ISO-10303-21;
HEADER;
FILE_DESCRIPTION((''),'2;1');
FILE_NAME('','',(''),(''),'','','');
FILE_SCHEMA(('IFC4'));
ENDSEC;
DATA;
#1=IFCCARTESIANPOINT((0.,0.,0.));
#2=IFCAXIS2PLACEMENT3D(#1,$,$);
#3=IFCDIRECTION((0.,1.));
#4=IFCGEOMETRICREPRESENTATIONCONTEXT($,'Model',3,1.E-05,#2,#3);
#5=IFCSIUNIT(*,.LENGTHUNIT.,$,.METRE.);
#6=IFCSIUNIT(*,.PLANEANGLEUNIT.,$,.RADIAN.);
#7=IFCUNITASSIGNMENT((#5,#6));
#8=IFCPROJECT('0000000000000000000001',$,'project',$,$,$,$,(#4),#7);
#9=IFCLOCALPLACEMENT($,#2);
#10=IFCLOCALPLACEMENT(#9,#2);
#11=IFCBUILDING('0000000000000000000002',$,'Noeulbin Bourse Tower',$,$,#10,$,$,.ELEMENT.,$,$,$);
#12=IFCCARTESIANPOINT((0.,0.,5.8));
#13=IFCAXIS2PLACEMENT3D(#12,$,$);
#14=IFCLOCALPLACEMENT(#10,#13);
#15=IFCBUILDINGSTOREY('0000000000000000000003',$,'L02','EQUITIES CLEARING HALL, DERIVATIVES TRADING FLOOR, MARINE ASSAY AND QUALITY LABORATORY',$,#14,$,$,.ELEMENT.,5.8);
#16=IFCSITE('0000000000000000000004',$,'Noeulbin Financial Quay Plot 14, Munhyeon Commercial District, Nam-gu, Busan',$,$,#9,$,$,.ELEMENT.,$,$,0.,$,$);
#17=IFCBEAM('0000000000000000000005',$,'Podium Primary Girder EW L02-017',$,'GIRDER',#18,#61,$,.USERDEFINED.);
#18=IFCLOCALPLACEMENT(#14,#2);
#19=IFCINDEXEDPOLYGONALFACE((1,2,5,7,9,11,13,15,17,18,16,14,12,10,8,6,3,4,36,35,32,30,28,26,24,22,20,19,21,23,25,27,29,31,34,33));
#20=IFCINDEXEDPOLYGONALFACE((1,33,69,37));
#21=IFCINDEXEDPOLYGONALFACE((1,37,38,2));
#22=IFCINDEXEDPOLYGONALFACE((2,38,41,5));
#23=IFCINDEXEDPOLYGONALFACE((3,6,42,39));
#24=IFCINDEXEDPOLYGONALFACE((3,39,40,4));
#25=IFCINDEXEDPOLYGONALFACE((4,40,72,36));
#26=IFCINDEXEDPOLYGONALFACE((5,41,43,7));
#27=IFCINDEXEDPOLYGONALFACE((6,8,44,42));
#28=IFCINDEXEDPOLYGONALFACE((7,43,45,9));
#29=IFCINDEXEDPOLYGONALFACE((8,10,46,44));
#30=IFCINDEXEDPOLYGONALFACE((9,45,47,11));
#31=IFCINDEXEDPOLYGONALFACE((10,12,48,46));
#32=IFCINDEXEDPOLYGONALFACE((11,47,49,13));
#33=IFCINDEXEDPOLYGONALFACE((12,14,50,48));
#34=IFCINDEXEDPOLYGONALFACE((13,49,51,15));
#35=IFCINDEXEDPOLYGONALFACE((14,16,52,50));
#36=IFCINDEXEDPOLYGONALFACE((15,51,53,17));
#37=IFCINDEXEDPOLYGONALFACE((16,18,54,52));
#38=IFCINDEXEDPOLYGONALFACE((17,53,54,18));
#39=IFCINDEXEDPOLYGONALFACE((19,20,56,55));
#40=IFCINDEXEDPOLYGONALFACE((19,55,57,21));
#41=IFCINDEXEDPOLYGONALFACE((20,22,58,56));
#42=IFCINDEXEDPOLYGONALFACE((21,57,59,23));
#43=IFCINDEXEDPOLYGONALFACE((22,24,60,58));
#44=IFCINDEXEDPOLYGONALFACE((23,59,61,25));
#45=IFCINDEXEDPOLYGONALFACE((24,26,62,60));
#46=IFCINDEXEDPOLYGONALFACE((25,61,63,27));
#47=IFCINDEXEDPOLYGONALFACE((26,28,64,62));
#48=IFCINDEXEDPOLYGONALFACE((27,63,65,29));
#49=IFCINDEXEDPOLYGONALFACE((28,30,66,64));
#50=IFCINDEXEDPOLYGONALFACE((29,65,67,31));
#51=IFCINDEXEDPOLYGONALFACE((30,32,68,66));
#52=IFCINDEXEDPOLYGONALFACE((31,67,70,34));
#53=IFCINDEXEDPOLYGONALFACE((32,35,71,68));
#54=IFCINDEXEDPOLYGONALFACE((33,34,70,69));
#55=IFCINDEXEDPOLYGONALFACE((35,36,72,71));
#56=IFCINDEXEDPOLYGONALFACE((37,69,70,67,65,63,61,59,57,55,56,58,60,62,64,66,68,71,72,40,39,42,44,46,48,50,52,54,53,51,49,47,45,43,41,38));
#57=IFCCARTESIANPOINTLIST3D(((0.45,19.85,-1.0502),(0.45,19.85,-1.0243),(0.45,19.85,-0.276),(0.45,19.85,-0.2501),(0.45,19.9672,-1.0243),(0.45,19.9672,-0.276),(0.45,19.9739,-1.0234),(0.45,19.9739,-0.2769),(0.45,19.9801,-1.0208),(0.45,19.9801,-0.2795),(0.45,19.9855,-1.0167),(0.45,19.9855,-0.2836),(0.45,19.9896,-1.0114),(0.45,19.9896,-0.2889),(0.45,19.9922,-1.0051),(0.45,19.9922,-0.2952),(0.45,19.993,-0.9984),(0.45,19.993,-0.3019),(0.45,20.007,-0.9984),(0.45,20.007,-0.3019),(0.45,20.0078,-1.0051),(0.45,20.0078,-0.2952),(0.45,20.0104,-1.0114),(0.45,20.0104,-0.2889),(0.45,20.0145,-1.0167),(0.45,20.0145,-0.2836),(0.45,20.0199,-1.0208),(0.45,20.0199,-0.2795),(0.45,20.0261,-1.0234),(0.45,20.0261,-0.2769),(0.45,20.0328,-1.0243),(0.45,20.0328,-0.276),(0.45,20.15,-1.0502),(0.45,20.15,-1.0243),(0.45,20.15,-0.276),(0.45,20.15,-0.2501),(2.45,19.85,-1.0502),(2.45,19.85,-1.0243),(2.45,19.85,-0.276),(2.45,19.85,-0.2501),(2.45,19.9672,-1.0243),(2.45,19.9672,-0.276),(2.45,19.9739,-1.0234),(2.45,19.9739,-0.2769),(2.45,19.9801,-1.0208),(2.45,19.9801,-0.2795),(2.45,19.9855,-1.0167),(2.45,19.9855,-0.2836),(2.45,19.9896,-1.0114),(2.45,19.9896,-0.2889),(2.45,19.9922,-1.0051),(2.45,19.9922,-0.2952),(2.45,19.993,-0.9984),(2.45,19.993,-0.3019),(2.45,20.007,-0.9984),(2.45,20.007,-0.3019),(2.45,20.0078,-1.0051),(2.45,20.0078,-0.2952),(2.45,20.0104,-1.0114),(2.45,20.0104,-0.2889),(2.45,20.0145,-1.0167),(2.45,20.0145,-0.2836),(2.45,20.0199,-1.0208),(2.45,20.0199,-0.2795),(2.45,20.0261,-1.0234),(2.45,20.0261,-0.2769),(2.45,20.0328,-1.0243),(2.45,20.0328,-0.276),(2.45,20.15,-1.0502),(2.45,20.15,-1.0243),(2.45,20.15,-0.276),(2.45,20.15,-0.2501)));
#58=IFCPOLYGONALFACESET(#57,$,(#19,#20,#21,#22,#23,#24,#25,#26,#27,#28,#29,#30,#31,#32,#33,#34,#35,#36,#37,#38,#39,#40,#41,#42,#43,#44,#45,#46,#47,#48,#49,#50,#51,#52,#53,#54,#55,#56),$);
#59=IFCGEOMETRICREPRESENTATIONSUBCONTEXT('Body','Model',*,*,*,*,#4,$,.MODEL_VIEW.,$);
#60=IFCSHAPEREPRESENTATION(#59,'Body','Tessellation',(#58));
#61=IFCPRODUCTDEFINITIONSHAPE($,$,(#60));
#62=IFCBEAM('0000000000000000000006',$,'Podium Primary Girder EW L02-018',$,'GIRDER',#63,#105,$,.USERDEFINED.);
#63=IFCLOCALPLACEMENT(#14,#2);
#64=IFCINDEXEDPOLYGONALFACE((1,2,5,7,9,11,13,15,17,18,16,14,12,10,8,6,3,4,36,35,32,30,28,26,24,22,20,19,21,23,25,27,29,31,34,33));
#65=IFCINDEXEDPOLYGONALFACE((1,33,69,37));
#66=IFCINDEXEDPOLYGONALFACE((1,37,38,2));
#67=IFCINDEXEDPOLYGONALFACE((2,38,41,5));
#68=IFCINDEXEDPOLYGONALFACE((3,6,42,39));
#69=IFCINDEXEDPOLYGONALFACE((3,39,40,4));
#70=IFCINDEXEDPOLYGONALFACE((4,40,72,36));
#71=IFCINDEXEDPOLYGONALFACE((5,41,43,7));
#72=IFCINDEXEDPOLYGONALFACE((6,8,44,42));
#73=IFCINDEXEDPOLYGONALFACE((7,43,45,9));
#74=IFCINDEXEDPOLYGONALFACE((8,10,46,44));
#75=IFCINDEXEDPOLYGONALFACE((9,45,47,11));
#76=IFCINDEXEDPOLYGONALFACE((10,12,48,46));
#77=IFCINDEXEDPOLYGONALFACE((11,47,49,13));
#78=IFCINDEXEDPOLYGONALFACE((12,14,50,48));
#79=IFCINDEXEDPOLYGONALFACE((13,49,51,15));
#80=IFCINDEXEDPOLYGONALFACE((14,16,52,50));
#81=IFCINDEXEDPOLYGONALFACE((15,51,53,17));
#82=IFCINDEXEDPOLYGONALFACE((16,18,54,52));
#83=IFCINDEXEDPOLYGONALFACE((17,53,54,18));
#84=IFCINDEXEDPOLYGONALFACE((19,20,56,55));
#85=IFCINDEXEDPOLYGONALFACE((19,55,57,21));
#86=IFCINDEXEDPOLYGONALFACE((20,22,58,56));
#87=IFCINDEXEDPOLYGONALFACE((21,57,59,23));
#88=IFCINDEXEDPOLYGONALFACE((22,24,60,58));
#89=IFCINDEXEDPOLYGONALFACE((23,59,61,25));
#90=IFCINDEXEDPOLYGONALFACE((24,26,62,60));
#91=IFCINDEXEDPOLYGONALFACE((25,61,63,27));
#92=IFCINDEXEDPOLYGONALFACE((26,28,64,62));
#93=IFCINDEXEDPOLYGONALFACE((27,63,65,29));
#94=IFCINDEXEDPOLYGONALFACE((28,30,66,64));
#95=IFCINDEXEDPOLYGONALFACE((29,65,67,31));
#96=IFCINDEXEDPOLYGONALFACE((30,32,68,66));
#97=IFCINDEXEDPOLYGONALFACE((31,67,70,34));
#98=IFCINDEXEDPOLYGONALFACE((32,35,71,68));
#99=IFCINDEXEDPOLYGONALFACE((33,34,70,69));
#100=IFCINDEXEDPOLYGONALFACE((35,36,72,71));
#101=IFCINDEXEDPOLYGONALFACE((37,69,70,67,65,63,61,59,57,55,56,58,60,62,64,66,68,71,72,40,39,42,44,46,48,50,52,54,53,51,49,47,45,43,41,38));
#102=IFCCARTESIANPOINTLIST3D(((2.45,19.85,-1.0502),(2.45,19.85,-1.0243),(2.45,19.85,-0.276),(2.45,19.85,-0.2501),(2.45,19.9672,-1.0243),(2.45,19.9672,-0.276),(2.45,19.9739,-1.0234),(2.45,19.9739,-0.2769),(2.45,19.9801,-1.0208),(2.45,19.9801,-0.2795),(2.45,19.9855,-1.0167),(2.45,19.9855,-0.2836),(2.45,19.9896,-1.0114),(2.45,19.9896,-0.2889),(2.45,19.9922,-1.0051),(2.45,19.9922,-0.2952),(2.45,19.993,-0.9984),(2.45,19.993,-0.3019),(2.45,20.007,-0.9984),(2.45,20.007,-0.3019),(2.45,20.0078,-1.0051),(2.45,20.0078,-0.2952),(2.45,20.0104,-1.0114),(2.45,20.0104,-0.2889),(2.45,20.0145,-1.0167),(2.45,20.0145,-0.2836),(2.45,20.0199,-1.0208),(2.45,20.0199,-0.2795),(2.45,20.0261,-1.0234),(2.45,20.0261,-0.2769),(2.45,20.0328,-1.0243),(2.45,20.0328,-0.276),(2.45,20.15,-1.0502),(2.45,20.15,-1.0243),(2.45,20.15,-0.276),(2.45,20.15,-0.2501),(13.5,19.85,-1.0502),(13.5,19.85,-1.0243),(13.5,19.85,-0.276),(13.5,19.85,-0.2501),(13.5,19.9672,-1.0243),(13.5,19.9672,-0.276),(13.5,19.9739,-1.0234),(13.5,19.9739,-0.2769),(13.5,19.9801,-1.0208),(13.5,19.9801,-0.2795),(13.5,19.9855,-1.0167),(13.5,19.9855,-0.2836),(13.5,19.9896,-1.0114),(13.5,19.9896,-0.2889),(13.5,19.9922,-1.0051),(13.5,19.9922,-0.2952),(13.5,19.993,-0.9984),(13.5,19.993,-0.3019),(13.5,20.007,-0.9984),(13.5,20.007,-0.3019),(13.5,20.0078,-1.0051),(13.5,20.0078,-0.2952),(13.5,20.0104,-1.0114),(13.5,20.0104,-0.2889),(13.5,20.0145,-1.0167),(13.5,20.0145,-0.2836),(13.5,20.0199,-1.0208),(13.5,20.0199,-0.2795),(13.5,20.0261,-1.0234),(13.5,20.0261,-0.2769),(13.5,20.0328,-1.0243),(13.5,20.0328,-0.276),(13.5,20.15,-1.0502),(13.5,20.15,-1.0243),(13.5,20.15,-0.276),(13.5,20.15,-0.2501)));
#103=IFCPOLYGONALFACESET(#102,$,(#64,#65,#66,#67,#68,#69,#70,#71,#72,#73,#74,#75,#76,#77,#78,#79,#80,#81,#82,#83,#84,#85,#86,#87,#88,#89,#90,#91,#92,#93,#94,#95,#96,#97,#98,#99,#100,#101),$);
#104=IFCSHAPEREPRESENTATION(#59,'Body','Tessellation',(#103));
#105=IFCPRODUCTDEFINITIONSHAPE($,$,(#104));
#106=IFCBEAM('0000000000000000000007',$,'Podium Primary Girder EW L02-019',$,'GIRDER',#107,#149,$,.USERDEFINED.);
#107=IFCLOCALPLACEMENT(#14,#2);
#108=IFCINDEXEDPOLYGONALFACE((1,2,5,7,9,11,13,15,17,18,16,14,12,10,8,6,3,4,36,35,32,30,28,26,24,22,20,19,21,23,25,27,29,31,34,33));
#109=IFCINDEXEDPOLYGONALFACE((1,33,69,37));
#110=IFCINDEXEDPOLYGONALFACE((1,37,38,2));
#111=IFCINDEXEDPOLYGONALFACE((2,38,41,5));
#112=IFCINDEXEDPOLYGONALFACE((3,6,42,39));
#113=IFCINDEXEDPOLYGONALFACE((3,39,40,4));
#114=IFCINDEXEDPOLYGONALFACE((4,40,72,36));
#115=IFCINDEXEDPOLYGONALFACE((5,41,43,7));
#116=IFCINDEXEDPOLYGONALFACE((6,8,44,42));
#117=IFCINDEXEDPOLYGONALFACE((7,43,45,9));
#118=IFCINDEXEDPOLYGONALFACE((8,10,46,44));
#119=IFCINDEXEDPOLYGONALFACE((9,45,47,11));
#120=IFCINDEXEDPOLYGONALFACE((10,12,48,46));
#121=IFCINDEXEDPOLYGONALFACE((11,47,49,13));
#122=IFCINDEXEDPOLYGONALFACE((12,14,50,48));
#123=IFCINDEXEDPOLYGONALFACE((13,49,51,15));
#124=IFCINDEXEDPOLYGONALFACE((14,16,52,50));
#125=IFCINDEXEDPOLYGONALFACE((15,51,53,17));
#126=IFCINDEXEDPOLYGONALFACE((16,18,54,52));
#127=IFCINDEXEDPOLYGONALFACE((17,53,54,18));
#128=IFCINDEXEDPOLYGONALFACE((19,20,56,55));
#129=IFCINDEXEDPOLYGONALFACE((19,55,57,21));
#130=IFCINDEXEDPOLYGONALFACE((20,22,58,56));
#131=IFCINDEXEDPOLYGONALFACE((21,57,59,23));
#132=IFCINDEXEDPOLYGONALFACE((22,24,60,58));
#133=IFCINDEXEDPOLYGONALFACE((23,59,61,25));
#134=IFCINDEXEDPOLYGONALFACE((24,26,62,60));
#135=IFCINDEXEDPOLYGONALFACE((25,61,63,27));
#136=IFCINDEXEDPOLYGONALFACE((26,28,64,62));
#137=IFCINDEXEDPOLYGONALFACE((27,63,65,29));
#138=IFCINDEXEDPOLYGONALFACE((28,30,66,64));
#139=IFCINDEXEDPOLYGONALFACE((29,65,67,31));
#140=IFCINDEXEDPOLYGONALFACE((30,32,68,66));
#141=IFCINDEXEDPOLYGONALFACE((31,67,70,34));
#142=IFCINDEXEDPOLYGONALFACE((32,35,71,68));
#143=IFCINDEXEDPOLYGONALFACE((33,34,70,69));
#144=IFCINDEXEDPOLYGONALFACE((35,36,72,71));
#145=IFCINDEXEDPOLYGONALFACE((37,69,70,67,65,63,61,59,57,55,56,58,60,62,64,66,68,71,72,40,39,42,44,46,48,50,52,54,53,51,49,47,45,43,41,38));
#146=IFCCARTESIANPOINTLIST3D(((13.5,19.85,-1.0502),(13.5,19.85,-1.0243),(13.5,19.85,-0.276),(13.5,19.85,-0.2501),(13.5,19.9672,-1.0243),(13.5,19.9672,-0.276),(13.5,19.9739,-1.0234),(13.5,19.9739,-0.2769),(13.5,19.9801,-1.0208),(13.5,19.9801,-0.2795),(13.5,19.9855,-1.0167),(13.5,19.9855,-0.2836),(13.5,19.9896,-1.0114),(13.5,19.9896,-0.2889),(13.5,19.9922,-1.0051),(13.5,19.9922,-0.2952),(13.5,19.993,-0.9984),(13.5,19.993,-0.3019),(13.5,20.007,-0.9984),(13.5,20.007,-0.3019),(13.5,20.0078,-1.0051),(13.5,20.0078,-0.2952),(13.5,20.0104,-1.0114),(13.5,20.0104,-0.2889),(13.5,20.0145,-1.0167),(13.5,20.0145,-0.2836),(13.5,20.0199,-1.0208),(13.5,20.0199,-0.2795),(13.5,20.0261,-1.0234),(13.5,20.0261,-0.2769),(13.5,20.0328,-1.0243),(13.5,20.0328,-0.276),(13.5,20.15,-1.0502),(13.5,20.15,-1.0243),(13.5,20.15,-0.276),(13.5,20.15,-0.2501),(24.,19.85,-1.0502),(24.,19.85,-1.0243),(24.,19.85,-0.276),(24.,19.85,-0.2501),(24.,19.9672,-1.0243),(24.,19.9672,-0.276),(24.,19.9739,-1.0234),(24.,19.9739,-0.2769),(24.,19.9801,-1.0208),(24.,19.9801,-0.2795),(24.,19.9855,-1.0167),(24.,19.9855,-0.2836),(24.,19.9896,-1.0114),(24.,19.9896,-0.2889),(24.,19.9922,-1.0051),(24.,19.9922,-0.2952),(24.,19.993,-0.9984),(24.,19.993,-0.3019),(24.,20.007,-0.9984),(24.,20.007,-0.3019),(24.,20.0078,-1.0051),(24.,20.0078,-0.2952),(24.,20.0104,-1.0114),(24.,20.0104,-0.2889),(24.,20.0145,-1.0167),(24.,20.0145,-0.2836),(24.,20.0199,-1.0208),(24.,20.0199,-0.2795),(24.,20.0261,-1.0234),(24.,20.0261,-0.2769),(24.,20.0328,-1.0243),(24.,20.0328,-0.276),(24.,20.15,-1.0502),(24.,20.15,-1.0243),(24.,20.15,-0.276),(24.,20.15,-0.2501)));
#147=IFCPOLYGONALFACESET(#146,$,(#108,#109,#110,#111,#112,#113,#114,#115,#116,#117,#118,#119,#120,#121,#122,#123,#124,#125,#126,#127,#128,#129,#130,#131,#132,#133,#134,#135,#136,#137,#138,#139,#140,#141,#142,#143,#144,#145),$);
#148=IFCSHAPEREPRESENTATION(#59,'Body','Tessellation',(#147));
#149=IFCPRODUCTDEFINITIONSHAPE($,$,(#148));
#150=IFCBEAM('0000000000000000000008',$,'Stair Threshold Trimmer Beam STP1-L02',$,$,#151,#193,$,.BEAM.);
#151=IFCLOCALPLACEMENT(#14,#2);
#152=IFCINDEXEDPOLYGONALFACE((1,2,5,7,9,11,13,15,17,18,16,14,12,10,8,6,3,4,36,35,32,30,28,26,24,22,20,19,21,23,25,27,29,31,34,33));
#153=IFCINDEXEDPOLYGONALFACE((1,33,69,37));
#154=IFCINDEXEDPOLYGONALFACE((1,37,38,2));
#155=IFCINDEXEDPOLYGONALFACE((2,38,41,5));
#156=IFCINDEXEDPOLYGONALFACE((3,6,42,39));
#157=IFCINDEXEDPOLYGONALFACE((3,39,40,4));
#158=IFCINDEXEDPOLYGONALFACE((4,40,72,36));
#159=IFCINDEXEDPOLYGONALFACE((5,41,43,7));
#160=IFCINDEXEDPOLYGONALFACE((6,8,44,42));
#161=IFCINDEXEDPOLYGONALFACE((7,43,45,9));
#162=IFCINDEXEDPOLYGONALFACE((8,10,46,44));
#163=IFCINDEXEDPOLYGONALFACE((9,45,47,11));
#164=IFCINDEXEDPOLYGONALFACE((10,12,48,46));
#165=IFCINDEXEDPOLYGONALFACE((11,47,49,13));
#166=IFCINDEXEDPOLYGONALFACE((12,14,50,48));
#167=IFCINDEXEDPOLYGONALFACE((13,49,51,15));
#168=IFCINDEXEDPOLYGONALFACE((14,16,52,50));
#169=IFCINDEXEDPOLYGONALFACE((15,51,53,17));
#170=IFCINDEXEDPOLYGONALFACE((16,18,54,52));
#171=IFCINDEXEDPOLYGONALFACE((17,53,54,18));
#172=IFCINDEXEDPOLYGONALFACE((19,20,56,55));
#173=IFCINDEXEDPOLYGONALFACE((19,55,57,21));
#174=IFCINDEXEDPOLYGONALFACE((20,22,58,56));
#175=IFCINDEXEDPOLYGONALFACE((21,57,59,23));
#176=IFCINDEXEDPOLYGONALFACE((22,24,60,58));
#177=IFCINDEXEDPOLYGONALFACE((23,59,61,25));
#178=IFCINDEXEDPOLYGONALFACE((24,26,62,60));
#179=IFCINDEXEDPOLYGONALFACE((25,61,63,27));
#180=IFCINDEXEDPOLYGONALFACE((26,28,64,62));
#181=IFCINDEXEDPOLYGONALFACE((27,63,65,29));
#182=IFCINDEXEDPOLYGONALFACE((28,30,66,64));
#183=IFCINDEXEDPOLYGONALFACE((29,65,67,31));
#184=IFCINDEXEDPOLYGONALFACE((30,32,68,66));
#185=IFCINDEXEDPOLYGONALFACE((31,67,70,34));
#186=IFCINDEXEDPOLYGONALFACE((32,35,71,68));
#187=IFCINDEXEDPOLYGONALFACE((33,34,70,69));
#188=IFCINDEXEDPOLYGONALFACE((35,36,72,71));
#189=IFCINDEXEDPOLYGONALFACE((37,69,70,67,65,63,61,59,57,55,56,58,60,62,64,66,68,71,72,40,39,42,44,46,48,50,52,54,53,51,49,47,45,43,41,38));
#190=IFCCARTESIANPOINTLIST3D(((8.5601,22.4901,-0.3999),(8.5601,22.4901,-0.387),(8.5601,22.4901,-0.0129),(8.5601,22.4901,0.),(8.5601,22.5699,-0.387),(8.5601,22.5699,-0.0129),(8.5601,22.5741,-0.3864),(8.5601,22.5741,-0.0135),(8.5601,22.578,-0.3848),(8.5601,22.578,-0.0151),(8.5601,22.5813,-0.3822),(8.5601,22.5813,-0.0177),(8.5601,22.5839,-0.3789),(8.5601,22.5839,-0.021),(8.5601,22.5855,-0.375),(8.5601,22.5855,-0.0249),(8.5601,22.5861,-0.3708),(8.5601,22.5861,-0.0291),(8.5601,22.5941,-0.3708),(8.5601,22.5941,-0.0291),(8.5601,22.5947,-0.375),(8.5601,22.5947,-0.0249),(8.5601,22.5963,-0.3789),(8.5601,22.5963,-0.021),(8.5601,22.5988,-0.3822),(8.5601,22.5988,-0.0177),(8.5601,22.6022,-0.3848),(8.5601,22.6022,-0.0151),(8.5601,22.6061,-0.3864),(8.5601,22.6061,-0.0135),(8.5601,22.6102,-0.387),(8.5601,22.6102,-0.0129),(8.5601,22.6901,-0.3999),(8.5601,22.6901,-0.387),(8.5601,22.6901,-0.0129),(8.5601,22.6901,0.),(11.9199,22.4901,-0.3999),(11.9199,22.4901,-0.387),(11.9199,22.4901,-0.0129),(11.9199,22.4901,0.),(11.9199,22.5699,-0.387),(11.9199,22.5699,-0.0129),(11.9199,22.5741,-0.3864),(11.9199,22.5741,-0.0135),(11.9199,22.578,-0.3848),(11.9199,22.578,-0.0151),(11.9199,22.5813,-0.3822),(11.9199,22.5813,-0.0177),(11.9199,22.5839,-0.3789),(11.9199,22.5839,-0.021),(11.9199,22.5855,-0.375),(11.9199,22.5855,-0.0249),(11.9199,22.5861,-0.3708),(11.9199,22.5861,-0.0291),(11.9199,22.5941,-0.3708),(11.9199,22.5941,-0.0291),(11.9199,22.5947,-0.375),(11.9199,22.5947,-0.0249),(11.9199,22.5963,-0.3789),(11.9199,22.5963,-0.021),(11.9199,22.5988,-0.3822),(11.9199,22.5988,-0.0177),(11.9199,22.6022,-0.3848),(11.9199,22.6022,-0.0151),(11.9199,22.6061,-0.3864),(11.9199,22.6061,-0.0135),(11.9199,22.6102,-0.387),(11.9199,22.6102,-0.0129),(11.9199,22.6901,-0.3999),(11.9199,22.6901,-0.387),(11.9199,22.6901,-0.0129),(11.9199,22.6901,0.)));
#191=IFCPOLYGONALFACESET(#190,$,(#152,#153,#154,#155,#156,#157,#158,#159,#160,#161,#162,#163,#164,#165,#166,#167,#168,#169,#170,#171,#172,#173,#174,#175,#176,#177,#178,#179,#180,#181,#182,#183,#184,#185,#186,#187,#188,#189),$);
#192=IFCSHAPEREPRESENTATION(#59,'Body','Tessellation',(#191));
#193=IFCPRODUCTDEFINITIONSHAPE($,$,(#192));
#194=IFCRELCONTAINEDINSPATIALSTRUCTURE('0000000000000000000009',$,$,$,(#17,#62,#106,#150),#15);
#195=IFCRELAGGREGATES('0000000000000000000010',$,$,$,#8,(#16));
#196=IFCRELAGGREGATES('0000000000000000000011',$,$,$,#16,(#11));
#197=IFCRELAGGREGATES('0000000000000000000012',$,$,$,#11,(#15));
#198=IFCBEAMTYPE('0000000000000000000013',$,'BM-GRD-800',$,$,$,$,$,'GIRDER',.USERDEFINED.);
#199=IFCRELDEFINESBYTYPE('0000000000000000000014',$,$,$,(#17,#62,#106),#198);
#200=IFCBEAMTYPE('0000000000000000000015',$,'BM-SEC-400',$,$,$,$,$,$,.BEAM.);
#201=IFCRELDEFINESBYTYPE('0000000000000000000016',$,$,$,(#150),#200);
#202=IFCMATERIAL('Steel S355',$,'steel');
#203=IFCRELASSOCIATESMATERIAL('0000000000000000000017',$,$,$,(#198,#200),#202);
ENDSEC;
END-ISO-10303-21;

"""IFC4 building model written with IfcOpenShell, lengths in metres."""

from ifc_helpers import new_model, si_unit, direction, frame, origin, origin_2d, place, context, subcontext, project, spatial, i_section, extrude, material, material_profile, profile_set, type_object, element, save


model = new_model("IFC4")

# Units and contexts
model_context = context("Model", 3, precision=1e-05, world=origin(), true_north=direction((0.0, 1.0)))
body_context = subcontext(model_context, "Body", "Model", "MODEL_VIEW")
ifc_project = project(units=[si_unit("LENGTHUNIT", "METRE"), si_unit("PLANEANGLEUNIT", "RADIAN")], contexts=[model_context])

# Site, building, storey
site_placement = place(None, origin())
site = spatial("IfcSite", under=ifc_project, at=site_placement, Name="Noeulbin Financial Quay Plot 14, Munhyeon Commercial District, Nam-gu, Busan", CompositionType="ELEMENT", RefElevation=0.0)
building_placement = place(site_placement, origin())
building = spatial("IfcBuilding", under=site, at=building_placement, Name="Noeulbin Bourse Tower", CompositionType="ELEMENT")
storey_placement = place(building_placement, frame((0.0, 0.0, 5.8)))
storey = spatial("IfcBuildingStorey", under=building, at=storey_placement, Name="L02", Description="EQUITIES CLEARING HALL, DERIVATIVES TRADING FLOOR, MARINE ASSAY AND QUALITY LABORATORY", CompositionType="ELEMENT", Elevation=5.8)

# Beams
ifc_material_1 = material(Name="Steel S355", Category="steel")
ifc_material_profile_1 = material_profile(ifc_material_1, i_section(OverallWidth=0.3, OverallDepth=0.8, WebThickness=0.0139, FlangeThickness=0.0259, FilletRadius=0.0259, at=origin_2d()), Name="H-800x300x14x26", Category="LoadBearing")
ifc_profile_set_1 = profile_set([ifc_material_profile_1], Name="Steel S355")
beam_type_1 = type_object("IfcBeamType", Name="BM-GRD-800", ElementType="GIRDER", PredefinedType="USERDEFINED", material=ifc_profile_set_1)
beam_1_placement = place(storey_placement, frame((0.45, 20.0, -0.6501), z_axis=(1.0, 0.0, 0.0), x_axis=(0.0, 1.0, 0.0)))
element("IfcBeam", 1, at=beam_1_placement, inside=storey, type_object=beam_type_1, Name="Podium Primary Girder EW L02-017", ObjectType="GIRDER", PredefinedType="USERDEFINED", context=body_context, shape_type="SweptSolid", body=[
    extrude(i_section(OverallWidth=0.3, OverallDepth=0.8, WebThickness=0.0139, FlangeThickness=0.0259, FilletRadius=0.0259, at=origin_2d()), origin(), (0.0, 0.0, 1.0), 2.0),
])
beam_2_placement = place(storey_placement, frame((2.45, 20.0, -0.6501), z_axis=(1.0, 0.0, 0.0), x_axis=(0.0, 1.0, 0.0)))
element("IfcBeam", 2, at=beam_2_placement, inside=storey, type_object=beam_type_1, Name="Podium Primary Girder EW L02-018", ObjectType="GIRDER", PredefinedType="USERDEFINED", context=body_context, shape_type="SweptSolid", body=[
    extrude(i_section(OverallWidth=0.3, OverallDepth=0.8, WebThickness=0.0139, FlangeThickness=0.0259, FilletRadius=0.0259, at=origin_2d()), origin(), (0.0, 0.0, 1.0), 11.05),
])
beam_3_placement = place(storey_placement, frame((13.5, 20.0, -0.6501), z_axis=(1.0, 0.0, 0.0), x_axis=(0.0, 1.0, 0.0)))
element("IfcBeam", 3, at=beam_3_placement, inside=storey, type_object=beam_type_1, Name="Podium Primary Girder EW L02-019", ObjectType="GIRDER", PredefinedType="USERDEFINED", context=body_context, shape_type="SweptSolid", body=[
    extrude(i_section(OverallWidth=0.3, OverallDepth=0.8, WebThickness=0.0139, FlangeThickness=0.0259, FilletRadius=0.0259, at=origin_2d()), origin(), (0.0, 0.0, 1.0), 10.5),
])
ifc_material_profile_2 = material_profile(ifc_material_1, i_section(OverallWidth=0.2, OverallDepth=0.3999, WebThickness=0.0081, FlangeThickness=0.0129, FilletRadius=0.0161, at=origin_2d()), Name="H-400x200x8x13", Category="LoadBearing")
ifc_profile_set_2 = profile_set([ifc_material_profile_2], Name="Steel S355")
beam_type_2 = type_object("IfcBeamType", Name="BM-SEC-400", PredefinedType="BEAM", material=ifc_profile_set_2)
beam_4_placement = place(storey_placement, frame((8.5601, 22.5901, -0.2), z_axis=(1.0, 0.0, 0.0), x_axis=(0.0, 1.0, 0.0)))
element("IfcBeam", 4, at=beam_4_placement, inside=storey, type_object=beam_type_2, Name="Stair Threshold Trimmer Beam STP1-L02", PredefinedType="BEAM", context=body_context, shape_type="SweptSolid", body=[
    extrude(i_section(OverallWidth=0.2, OverallDepth=0.3999, WebThickness=0.0081, FlangeThickness=0.0129, FilletRadius=0.0161, at=origin_2d()), origin(), (0.0, 0.0, 1.0), 3.3599),
])

save(model, "model.ifc")
